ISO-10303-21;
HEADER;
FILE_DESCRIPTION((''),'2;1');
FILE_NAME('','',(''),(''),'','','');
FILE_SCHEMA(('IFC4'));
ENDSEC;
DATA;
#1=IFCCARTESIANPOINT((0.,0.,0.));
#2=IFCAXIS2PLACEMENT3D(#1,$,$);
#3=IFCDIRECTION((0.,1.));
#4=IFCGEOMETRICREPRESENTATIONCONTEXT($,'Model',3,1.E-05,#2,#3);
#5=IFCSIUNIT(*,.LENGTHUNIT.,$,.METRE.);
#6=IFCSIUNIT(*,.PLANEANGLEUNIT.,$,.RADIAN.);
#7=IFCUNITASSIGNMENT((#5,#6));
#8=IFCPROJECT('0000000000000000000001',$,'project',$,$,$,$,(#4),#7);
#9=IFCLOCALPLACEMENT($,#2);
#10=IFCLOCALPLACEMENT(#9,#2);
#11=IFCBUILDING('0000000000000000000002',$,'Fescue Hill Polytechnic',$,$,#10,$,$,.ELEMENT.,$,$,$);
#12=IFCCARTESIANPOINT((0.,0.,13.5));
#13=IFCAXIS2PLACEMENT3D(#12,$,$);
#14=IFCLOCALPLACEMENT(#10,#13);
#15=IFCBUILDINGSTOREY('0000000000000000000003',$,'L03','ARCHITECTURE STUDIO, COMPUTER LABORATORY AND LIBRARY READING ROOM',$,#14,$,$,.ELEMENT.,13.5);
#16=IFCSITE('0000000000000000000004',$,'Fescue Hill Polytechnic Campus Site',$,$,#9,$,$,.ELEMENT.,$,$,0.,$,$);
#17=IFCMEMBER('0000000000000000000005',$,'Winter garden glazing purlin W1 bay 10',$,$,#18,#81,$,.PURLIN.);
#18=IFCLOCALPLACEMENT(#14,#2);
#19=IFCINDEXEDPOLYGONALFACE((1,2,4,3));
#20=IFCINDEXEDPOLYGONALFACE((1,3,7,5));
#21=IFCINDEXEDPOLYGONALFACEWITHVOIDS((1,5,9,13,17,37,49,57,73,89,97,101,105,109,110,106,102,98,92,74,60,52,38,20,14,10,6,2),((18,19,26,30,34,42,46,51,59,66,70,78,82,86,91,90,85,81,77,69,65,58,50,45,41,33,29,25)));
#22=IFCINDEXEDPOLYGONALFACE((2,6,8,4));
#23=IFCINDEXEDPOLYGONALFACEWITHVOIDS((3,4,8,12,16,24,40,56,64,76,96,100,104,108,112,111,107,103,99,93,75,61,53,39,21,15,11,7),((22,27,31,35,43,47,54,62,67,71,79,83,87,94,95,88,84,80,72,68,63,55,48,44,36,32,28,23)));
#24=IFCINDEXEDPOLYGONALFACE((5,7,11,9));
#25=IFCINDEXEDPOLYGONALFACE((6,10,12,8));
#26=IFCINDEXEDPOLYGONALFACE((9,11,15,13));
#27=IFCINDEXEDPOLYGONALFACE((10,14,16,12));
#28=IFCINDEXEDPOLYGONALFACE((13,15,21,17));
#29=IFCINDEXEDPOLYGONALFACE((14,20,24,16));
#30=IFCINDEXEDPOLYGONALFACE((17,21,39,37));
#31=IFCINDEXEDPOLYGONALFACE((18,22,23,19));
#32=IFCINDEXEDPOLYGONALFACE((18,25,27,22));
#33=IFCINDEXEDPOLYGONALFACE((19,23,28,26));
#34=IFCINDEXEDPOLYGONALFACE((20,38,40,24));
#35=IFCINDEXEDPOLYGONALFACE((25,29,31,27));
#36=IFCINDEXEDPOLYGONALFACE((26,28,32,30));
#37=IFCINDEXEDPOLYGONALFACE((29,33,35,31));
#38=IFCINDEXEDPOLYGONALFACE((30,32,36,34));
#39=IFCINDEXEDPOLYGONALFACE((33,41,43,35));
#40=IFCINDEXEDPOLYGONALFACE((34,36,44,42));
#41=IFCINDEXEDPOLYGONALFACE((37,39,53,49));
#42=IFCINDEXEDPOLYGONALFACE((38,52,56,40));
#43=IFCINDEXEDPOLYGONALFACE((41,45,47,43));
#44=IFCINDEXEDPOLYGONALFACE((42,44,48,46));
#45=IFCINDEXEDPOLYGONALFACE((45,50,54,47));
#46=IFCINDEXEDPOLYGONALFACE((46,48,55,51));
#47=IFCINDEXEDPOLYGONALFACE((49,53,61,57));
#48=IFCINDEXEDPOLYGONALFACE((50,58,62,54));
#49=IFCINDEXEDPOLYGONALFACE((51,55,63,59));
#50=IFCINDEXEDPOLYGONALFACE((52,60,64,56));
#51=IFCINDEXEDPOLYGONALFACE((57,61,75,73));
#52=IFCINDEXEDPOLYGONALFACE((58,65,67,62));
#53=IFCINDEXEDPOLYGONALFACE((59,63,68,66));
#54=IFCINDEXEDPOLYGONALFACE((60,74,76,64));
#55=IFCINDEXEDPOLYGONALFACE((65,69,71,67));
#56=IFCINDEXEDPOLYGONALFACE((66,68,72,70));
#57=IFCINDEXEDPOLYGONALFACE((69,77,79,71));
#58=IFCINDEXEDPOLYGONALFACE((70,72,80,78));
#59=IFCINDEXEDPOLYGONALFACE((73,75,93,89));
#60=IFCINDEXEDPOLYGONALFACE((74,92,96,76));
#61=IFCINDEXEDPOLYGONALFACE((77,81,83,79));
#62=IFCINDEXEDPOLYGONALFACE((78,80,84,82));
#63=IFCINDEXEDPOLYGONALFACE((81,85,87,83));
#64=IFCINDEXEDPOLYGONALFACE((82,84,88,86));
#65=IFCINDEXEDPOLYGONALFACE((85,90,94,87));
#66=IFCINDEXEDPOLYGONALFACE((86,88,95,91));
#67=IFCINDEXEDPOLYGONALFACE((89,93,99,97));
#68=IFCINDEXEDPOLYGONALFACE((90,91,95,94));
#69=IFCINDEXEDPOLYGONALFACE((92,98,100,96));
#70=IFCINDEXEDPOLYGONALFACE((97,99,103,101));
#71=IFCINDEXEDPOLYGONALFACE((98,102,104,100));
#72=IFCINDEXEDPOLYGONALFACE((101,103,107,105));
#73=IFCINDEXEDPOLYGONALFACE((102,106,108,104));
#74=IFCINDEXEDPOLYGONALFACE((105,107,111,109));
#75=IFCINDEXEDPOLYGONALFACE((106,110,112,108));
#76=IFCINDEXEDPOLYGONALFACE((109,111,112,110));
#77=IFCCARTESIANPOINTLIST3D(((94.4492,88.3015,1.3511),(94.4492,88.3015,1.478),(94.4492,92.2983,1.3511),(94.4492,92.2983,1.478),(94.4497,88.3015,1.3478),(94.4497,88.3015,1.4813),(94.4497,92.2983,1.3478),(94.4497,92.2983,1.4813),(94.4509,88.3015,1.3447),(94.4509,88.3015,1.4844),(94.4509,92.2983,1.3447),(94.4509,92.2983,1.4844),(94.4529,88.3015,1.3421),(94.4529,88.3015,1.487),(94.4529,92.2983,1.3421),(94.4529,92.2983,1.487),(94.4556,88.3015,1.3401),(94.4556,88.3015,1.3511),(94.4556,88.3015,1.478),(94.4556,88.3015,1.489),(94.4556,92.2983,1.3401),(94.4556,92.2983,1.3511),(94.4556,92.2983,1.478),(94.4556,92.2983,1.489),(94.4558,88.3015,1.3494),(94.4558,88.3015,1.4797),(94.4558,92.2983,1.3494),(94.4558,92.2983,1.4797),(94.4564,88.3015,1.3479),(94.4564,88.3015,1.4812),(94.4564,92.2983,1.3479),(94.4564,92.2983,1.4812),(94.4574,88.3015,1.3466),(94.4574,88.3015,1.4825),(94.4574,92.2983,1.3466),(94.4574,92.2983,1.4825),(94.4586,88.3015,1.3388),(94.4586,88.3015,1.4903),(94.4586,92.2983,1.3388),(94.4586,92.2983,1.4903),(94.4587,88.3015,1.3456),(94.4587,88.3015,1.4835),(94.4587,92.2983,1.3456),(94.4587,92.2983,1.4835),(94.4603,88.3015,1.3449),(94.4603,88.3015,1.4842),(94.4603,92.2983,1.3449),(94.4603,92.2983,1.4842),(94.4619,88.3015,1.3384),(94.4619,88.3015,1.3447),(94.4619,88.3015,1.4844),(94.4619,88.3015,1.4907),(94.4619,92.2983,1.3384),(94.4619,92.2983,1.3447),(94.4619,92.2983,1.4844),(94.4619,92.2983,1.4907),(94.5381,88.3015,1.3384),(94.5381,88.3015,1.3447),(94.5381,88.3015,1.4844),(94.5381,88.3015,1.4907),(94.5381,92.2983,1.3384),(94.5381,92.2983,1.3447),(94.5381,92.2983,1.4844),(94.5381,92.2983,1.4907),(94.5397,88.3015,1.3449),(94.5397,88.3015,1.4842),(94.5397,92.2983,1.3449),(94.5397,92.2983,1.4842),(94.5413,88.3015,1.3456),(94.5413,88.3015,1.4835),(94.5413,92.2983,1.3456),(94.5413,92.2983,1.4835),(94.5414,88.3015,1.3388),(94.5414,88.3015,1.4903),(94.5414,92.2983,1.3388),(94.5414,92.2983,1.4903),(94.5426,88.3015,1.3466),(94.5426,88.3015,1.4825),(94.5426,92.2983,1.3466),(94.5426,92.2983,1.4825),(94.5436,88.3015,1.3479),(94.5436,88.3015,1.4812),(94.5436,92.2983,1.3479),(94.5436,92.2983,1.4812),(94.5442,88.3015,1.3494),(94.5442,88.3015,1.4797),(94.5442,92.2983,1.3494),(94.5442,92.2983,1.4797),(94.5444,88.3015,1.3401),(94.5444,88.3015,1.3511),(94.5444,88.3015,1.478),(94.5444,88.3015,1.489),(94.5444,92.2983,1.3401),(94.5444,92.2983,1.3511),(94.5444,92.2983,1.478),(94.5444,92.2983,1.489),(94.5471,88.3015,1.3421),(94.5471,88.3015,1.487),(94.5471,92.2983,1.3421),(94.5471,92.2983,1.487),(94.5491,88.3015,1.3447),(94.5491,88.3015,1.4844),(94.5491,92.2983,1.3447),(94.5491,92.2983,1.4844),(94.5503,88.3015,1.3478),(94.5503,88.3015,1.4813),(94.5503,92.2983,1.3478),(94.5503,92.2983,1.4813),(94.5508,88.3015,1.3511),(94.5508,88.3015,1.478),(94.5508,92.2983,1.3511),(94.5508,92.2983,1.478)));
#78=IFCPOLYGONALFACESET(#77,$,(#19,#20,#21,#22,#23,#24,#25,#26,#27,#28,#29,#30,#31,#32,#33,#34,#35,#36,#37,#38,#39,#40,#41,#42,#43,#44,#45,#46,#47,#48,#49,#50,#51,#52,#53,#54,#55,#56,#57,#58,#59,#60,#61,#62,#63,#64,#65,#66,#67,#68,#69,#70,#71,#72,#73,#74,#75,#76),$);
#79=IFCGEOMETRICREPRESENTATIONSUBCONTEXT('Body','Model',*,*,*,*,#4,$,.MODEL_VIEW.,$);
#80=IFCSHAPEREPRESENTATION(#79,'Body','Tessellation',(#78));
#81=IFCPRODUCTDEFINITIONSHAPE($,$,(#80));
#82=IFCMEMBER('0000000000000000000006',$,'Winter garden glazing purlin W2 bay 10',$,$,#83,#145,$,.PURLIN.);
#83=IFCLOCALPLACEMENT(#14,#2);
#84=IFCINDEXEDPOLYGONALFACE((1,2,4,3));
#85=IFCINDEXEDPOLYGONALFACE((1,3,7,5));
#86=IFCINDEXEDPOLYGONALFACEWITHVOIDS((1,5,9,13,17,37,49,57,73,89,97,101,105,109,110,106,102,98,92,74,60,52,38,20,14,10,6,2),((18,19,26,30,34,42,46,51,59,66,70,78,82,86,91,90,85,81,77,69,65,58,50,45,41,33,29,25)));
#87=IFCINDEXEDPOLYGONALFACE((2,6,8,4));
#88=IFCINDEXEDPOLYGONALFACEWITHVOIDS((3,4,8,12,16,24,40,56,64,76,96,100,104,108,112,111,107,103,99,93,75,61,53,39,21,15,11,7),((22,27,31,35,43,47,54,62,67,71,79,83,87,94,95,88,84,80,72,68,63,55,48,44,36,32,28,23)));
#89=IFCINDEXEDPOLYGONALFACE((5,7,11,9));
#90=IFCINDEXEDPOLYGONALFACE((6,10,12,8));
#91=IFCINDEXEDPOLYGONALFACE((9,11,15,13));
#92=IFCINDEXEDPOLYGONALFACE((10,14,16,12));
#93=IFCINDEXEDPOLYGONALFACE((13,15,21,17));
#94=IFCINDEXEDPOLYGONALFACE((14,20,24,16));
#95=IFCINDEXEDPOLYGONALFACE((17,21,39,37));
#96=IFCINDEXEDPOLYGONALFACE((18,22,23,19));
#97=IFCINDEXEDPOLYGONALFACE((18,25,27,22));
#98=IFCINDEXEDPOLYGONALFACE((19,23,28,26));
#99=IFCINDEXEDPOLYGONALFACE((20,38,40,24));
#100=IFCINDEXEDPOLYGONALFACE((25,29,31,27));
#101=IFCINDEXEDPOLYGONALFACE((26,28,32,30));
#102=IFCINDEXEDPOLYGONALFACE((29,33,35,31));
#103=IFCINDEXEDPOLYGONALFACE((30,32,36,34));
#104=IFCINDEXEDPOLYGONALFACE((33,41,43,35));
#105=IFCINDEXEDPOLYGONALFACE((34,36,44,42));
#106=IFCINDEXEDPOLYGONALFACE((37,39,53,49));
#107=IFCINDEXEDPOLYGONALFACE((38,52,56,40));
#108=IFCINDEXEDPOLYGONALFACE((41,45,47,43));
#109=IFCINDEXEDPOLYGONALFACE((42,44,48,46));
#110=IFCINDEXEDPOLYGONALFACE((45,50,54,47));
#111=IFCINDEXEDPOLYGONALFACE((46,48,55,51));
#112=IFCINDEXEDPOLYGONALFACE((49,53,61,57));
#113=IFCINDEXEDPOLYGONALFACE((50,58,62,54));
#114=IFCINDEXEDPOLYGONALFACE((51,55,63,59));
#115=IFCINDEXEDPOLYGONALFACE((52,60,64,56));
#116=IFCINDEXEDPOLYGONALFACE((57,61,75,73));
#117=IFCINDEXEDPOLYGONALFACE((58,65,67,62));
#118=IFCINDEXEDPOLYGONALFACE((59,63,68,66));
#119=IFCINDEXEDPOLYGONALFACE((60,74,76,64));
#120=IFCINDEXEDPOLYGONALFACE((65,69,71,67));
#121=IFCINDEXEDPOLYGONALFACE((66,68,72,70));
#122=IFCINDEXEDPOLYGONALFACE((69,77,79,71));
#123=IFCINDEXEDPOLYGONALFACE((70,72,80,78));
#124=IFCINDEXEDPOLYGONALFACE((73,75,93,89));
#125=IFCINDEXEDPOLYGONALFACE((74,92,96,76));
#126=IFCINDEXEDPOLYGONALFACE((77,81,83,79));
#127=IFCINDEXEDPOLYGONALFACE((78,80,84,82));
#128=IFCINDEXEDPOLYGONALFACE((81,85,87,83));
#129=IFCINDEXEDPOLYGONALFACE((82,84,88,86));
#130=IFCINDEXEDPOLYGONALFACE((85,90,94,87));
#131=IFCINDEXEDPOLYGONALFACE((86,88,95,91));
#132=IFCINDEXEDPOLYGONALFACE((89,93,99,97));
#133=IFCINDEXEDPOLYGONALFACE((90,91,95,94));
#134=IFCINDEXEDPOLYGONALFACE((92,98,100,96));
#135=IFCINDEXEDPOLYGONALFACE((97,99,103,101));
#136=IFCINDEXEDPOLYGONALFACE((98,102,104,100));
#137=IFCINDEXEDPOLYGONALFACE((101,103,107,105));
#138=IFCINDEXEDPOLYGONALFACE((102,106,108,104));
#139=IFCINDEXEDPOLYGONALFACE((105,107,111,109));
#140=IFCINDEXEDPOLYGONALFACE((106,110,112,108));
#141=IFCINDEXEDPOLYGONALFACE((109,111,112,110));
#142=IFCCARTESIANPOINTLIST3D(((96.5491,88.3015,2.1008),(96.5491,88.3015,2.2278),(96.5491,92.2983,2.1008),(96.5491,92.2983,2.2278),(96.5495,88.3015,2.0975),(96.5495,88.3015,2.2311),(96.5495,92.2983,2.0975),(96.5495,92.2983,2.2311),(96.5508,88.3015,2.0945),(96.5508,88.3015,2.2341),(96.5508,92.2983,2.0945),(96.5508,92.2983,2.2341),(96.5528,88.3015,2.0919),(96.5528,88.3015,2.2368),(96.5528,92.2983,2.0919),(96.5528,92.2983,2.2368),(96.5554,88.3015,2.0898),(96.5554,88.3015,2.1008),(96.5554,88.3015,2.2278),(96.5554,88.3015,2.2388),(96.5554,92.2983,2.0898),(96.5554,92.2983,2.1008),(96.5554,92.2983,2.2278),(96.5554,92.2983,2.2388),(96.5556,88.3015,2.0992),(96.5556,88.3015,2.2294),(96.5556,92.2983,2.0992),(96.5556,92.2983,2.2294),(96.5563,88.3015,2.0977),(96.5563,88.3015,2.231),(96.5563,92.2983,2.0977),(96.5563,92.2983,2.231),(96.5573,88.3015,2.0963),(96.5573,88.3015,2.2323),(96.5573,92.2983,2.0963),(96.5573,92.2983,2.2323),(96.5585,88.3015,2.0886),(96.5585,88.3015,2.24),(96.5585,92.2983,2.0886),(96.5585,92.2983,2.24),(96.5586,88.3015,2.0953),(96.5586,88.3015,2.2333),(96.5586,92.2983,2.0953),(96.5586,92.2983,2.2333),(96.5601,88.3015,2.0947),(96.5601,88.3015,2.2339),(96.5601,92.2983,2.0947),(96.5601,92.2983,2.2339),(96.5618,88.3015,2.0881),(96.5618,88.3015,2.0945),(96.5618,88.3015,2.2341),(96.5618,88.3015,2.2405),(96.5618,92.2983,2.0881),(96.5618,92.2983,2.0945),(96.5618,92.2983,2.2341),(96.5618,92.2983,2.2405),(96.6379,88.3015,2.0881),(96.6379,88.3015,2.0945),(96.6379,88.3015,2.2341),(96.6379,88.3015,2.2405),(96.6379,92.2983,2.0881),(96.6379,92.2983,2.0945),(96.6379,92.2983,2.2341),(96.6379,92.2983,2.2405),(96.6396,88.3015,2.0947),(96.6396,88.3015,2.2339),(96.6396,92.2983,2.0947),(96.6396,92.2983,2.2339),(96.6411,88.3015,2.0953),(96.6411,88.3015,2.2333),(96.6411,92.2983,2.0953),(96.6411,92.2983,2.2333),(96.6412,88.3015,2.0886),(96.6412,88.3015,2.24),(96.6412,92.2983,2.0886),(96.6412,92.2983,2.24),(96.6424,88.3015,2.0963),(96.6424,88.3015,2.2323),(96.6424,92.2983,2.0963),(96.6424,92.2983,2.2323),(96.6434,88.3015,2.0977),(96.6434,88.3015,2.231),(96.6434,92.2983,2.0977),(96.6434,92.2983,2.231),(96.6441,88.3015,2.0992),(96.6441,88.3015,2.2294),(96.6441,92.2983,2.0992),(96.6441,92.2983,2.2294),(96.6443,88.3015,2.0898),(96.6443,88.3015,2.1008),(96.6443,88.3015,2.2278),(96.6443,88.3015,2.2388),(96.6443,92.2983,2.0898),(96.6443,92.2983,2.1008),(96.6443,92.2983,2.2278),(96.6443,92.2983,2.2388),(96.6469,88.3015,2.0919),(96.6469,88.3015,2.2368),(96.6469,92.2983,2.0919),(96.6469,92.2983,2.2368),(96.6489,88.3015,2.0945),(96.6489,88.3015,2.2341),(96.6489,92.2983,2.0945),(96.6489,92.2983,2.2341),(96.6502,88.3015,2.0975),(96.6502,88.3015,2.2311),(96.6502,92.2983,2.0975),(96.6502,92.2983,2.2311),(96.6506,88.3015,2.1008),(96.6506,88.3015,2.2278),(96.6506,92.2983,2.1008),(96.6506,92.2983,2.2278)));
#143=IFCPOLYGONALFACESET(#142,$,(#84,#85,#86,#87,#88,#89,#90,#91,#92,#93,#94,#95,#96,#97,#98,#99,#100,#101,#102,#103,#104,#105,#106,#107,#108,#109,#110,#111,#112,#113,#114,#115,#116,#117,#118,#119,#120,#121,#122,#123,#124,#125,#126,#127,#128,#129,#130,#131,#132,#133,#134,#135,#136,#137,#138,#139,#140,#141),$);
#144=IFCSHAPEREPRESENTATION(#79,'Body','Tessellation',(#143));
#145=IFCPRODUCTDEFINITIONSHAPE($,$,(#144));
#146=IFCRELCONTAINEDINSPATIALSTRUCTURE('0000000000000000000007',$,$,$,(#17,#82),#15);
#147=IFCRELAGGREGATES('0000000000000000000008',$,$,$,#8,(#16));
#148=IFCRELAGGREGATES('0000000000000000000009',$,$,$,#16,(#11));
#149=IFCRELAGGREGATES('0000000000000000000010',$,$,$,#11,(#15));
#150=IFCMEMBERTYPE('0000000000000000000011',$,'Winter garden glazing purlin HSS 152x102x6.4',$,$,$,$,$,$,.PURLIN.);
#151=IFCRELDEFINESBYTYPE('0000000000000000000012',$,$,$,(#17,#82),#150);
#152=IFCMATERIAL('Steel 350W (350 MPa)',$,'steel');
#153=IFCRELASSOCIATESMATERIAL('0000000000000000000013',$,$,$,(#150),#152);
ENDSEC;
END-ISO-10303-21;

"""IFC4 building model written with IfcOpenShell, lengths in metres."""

from ifc_helpers import new_model, si_unit, direction, frame, origin, origin_2d, place, context, subcontext, project, spatial, hollow_rectangle, extrude, material, material_profile, profile_set, type_object, element, save


model = new_model("IFC4")

# Units and contexts
model_context = context("Model", 3, precision=1e-05, world=origin(), true_north=direction((0.0, 1.0)))
body_context = subcontext(model_context, "Body", "Model", "MODEL_VIEW")
ifc_project = project(units=[si_unit("LENGTHUNIT", "METRE"), si_unit("PLANEANGLEUNIT", "RADIAN")], contexts=[model_context])

# Site, building, storey
site_placement = place(None, origin())
site = spatial("IfcSite", under=ifc_project, at=site_placement, Name="Fescue Hill Polytechnic Campus Site", CompositionType="ELEMENT", RefElevation=0.0)
building_placement = place(site_placement, origin())
building = spatial("IfcBuilding", under=site, at=building_placement, Name="Fescue Hill Polytechnic", CompositionType="ELEMENT")
storey_placement = place(building_placement, frame((0.0, 0.0, 13.5)))
storey = spatial("IfcBuildingStorey", under=building, at=storey_placement, Name="L03", Description="ARCHITECTURE STUDIO, COMPUTER LABORATORY AND LIBRARY READING ROOM", CompositionType="ELEMENT", Elevation=13.5)

# Members
ifc_material_1 = material(Name="Steel 350W (350 MPa)", Category="steel")
ifc_material_profile_1 = material_profile(ifc_material_1, hollow_rectangle(XDim=0.1016, YDim=0.1523, WallThickness=0.0063, InnerFilletRadius=0.0063, OuterFilletRadius=0.0127, at=origin_2d()), Name="Winter garden glazing purlin HSS 152x102x6.4")
ifc_profile_set_1 = profile_set([ifc_material_profile_1], Name="Steel 350W (350 MPa)")
member_type_1 = type_object("IfcMemberType", Name="Winter garden glazing purlin HSS 152x102x6.4", PredefinedType="PURLIN", material=ifc_profile_set_1)
for number, where, z_axis, x_axis, name in (
    (1, (94.5, 88.3015, 1.4146), (0.0, 1.0, 0.0), (-1.0, 0.0, 0.0), "Winter garden glazing purlin W1 bay 10"),
    (2, (96.5999, 88.3015, 2.1643), (0.0, 1.0, 0.0), (-1.0, 0.0, 0.0), "Winter garden glazing purlin W2 bay 10"),
):
    element("IfcMember", number, at=place(storey_placement, frame(where, z_axis=z_axis, x_axis=x_axis)), inside=storey, type_object=member_type_1, Name=name, PredefinedType="PURLIN", context=body_context, shape_type="SweptSolid", body=[
        extrude(hollow_rectangle(XDim=0.1016, YDim=0.1523, WallThickness=0.0063, InnerFilletRadius=0.0063, OuterFilletRadius=0.0127, at=origin_2d()), origin(), (0.0, 0.0, 1.0), 3.9968),
    ])

save(model, "model.ifc")
